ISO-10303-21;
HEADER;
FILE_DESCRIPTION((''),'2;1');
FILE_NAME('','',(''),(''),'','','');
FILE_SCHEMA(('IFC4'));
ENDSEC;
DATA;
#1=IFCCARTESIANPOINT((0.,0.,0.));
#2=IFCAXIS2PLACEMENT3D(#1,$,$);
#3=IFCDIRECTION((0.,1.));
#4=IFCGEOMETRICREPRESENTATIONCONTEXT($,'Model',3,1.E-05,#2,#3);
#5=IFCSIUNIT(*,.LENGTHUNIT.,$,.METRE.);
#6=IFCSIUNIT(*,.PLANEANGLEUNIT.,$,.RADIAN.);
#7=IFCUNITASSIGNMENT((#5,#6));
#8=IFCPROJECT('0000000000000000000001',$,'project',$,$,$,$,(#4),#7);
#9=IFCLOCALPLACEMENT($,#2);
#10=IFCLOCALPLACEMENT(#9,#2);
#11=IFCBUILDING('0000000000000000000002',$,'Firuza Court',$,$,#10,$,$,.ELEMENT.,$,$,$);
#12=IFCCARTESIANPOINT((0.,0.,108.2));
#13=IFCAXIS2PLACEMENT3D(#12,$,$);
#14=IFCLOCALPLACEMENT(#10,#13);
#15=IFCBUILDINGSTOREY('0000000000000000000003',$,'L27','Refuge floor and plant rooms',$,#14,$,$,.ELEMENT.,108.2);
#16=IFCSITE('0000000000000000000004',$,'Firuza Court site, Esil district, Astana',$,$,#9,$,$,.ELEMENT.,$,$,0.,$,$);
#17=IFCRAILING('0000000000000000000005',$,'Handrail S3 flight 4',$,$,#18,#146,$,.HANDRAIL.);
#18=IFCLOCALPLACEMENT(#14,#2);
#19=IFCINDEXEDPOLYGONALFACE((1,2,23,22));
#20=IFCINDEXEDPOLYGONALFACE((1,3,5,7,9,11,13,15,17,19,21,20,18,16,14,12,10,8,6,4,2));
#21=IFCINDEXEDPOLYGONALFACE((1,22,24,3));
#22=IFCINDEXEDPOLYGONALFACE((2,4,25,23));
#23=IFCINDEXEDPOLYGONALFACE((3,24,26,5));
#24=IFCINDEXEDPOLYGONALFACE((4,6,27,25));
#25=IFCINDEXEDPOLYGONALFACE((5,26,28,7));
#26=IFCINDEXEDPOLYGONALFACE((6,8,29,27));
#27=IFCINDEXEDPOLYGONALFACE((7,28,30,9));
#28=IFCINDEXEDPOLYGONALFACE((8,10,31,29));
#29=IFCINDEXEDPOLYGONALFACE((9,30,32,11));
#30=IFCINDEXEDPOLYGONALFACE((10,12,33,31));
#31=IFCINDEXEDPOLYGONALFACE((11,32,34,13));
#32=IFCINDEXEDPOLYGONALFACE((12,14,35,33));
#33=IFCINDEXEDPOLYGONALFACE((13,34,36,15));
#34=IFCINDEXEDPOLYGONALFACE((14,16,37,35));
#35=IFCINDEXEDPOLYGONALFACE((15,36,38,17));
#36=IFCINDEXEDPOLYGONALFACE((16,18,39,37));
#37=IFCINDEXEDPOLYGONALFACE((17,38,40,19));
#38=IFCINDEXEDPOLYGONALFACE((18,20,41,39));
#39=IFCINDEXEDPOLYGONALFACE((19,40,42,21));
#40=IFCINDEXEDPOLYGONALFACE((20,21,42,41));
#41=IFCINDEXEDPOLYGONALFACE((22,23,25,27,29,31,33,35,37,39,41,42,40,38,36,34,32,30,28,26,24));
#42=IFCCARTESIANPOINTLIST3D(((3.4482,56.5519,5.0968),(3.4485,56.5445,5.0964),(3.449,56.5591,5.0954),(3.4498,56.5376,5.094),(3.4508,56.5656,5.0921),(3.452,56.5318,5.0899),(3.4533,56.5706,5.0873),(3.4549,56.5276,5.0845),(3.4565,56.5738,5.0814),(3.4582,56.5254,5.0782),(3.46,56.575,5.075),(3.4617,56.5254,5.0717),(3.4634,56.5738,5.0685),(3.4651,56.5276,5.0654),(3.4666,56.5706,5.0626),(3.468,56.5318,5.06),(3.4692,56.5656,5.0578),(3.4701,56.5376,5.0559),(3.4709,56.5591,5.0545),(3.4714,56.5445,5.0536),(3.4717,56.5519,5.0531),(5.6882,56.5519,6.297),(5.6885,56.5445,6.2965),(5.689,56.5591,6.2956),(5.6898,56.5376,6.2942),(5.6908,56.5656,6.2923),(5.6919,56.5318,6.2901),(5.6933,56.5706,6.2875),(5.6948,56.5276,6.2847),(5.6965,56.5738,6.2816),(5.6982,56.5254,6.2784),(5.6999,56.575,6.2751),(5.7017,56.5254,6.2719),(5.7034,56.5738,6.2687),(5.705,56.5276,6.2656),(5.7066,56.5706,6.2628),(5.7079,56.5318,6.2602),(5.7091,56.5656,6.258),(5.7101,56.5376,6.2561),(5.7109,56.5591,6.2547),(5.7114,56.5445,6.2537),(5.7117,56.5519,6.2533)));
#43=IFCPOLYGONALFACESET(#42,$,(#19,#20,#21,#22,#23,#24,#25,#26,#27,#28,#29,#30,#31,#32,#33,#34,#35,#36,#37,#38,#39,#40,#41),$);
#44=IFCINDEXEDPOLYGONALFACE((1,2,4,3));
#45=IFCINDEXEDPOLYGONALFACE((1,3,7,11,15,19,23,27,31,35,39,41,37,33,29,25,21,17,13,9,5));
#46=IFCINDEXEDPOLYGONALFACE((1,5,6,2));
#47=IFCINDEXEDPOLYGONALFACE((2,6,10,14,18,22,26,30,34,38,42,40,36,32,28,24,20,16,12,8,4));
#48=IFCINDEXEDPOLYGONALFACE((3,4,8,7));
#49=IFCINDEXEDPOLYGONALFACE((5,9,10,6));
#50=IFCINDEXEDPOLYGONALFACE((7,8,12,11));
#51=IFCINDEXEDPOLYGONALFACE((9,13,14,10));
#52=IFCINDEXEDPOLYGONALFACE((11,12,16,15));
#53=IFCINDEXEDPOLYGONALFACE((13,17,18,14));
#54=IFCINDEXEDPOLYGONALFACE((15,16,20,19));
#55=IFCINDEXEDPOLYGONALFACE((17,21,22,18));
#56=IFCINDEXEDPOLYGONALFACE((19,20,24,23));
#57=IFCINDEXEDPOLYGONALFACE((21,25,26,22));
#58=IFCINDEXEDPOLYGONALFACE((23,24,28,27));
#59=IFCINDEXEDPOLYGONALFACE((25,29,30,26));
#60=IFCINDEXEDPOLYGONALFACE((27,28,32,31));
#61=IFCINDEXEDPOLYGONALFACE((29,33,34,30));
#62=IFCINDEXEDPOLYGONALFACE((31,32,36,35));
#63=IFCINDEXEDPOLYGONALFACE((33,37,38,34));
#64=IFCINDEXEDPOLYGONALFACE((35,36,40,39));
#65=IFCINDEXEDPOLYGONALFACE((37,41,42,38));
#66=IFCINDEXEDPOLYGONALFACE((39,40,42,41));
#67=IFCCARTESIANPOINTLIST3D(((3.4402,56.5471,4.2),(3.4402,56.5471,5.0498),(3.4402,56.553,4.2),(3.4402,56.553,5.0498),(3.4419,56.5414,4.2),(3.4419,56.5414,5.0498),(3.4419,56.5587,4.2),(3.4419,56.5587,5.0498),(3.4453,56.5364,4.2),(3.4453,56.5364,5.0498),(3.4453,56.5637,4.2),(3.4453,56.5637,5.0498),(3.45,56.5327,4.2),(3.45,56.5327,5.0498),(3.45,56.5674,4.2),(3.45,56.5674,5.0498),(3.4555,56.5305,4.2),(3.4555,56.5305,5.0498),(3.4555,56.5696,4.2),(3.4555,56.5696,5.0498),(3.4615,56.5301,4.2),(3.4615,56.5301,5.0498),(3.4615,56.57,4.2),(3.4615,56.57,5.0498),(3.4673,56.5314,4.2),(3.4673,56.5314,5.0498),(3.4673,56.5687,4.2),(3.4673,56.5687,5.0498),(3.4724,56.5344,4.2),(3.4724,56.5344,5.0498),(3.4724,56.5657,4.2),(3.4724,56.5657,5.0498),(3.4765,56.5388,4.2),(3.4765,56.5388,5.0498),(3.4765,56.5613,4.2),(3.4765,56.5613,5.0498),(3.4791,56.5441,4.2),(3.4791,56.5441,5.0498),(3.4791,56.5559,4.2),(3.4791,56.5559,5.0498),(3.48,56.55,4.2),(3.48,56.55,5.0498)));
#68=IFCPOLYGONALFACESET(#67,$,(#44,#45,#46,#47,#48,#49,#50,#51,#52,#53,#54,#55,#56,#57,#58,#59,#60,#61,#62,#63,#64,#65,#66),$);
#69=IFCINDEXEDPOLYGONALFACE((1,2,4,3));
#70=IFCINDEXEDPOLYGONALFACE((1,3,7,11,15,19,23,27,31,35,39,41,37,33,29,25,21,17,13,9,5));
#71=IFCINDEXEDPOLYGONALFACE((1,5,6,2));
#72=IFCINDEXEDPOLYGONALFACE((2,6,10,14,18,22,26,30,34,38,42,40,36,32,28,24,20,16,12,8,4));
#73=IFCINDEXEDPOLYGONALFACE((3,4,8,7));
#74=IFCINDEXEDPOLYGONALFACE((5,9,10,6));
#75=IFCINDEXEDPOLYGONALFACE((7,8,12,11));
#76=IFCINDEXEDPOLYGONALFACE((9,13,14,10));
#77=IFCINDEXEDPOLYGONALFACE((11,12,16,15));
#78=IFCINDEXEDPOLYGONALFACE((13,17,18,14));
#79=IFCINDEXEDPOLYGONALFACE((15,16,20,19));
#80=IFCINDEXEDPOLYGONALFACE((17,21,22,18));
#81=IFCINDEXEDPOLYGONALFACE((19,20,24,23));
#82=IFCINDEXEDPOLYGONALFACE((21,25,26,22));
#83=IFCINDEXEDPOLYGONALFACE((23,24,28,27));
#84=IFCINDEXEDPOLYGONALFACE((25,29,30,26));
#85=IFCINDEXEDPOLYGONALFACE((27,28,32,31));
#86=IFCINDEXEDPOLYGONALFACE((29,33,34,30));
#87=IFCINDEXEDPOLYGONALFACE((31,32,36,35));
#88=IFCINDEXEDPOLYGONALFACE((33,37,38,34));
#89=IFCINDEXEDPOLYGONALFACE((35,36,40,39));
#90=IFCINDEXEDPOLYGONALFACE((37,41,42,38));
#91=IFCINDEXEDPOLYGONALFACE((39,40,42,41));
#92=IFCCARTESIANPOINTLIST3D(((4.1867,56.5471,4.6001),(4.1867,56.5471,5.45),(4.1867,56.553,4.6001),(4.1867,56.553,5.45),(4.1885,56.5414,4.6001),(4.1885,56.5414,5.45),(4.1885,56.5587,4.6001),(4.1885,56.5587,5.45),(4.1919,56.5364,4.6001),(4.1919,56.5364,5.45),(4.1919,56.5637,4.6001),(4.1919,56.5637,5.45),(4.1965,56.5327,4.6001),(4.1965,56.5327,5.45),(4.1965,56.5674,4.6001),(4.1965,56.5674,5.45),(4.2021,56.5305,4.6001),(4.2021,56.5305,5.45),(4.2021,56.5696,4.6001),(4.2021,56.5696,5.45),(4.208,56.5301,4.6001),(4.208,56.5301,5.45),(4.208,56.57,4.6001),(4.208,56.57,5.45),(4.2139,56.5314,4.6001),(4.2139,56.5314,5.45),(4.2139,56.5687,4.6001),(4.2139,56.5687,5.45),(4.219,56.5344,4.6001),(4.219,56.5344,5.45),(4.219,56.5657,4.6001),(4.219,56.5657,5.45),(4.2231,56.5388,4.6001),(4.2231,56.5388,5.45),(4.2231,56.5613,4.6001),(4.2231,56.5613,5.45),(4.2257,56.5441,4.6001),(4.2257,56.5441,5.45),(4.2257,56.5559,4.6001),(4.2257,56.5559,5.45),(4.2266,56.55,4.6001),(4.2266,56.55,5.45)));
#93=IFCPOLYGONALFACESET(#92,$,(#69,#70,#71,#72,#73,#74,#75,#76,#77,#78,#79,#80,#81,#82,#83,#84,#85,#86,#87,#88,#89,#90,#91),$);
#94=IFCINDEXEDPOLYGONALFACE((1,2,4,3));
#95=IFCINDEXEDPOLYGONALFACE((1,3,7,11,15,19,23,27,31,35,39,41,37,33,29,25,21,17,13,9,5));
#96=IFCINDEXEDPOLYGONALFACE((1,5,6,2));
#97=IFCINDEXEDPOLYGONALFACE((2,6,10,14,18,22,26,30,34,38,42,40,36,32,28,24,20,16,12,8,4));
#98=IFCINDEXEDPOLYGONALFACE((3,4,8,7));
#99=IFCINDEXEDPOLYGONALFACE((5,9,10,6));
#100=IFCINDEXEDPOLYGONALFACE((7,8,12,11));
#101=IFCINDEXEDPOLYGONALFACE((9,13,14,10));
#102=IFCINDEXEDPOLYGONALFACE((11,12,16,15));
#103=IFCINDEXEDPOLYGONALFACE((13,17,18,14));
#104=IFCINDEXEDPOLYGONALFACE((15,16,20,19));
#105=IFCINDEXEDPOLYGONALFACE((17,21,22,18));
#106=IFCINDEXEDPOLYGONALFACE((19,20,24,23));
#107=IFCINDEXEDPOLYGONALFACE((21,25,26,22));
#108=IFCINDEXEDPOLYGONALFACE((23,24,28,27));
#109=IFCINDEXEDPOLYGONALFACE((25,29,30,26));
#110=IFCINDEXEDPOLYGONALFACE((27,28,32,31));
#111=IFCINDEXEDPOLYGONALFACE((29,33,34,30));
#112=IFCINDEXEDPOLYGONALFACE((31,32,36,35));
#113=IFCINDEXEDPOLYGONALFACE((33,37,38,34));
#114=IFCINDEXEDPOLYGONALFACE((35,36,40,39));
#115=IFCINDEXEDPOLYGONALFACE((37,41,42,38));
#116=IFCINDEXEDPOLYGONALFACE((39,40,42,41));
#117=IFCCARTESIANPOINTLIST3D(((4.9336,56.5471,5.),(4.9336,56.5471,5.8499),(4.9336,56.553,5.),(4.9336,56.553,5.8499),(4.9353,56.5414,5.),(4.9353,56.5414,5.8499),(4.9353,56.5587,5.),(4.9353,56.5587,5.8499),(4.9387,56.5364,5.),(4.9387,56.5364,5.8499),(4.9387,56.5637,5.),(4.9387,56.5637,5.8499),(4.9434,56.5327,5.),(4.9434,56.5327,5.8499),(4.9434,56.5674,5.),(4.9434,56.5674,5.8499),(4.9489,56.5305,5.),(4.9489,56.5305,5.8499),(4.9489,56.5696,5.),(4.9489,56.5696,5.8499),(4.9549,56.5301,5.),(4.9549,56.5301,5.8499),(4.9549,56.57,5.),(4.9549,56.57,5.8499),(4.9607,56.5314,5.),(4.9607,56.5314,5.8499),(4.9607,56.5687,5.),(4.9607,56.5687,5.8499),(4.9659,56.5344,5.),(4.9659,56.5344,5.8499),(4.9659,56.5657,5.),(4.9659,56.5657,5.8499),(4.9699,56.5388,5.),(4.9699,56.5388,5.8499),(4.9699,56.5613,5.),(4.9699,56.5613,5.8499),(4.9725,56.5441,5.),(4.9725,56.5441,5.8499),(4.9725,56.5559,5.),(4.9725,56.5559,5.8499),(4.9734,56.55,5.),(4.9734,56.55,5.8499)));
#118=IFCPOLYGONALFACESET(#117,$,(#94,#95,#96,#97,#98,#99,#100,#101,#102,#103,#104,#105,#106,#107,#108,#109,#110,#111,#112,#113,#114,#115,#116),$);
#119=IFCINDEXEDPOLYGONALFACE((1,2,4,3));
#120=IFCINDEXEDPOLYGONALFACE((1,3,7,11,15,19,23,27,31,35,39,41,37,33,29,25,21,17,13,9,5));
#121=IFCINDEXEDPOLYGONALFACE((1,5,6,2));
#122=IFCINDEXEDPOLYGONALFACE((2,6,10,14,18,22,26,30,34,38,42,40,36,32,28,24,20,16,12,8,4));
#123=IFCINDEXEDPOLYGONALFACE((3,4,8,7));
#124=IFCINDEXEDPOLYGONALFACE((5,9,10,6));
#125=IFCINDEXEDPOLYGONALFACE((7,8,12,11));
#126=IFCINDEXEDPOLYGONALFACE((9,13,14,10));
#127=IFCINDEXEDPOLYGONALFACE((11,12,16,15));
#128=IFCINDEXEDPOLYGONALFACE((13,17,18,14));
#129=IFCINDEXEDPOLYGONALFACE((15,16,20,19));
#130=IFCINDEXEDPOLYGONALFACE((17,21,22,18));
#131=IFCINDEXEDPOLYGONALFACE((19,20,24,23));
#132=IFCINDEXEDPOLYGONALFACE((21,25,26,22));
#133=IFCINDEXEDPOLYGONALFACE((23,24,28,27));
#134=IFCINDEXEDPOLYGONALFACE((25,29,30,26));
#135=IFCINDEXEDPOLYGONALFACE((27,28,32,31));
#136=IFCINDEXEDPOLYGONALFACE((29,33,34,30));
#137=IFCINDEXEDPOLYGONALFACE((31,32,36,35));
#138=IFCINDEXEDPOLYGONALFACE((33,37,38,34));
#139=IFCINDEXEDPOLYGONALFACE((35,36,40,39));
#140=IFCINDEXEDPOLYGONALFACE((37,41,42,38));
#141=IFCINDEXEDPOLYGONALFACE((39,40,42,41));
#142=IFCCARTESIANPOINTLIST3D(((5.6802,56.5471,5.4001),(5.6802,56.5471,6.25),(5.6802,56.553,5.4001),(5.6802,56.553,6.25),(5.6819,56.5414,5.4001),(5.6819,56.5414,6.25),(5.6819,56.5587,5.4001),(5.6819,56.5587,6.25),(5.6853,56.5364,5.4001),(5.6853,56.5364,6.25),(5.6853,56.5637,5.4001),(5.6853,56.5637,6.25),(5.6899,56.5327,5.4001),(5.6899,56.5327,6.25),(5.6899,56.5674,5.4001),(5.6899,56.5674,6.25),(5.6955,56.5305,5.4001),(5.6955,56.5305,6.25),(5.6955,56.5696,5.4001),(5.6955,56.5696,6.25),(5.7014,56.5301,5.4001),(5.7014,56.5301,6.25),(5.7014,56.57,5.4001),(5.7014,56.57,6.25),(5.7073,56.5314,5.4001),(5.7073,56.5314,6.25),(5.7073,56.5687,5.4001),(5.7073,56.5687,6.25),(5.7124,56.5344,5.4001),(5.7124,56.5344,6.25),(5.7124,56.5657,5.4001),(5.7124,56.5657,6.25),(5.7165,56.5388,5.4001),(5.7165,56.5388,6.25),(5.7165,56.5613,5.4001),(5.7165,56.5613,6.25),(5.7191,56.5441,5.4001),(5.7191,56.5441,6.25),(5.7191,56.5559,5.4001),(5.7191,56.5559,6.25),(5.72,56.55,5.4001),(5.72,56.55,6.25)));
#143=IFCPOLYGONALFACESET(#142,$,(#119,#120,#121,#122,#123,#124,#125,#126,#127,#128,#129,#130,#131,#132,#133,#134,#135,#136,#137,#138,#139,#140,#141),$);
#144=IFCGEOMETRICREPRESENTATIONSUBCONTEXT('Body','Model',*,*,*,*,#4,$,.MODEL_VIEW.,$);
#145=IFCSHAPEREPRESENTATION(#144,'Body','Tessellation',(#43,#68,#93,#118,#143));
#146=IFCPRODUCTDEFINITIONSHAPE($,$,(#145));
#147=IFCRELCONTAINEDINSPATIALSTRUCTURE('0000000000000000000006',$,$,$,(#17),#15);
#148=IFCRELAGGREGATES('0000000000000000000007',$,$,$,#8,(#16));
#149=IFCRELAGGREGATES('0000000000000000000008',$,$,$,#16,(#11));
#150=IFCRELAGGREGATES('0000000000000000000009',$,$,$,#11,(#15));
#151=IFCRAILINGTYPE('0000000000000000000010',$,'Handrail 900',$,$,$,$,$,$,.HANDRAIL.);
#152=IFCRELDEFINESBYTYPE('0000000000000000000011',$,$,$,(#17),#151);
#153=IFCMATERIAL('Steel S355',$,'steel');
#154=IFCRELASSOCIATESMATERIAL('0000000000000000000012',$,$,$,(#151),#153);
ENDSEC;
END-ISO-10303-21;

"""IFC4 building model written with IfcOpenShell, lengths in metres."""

from ifc_helpers import new_model, si_unit, direction, frame, origin, origin_2d, place, context, subcontext, project, spatial, circle, extrude, material, type_object, element, save


model = new_model("IFC4")

# Units and contexts
model_context = context("Model", 3, precision=1e-05, world=origin(), true_north=direction((0.0, 1.0)))
body_context = subcontext(model_context, "Body", "Model", "MODEL_VIEW")
ifc_project = project(units=[si_unit("LENGTHUNIT", "METRE"), si_unit("PLANEANGLEUNIT", "RADIAN")], contexts=[model_context])

# Site, building, storey
site_placement = place(None, origin())
site = spatial("IfcSite", under=ifc_project, at=site_placement, Name="Firuza Court site, Esil district, Astana", CompositionType="ELEMENT", RefElevation=0.0)
building_placement = place(site_placement, origin())
building = spatial("IfcBuilding", under=site, at=building_placement, Name="Firuza Court", CompositionType="ELEMENT")
storey_placement = place(building_placement, frame((0.0, 0.0, 108.2)))
storey = spatial("IfcBuildingStorey", under=building, at=storey_placement, Name="L27", Description="Refuge floor and plant rooms", CompositionType="ELEMENT", Elevation=108.2)

# Railing
ifc_material_1 = material(Name="Steel S355", Category="steel")
railing_type = type_object("IfcRailingType", Name="Handrail 900", PredefinedType="HANDRAIL", material=ifc_material_1)
railing_1_placement = place(storey_placement, frame((3.46, 56.55, 4.2)))
element("IfcRailing", 1, at=railing_1_placement, inside=storey, type_object=railing_type, Name="Handrail S3 flight 4", PredefinedType="HANDRAIL", context=body_context, shape_type="SweptSolid", body=[
    extrude(circle(Radius=0.0249, at=origin_2d()), frame((0.0, 0.0, 0.875), z_axis=(0.881447, 0.0, 0.472283), x_axis=(0.0, 1.0, 0.0)), (0.0, 0.0, 1.0), 2.5413),
    extrude(circle(Radius=0.02, at=origin_2d()), origin(), (0.0, 0.0, 1.0), 0.8499),
    extrude(circle(Radius=0.02, at=origin_2d()), frame((0.7466, 0.0, 0.4001)), (0.0, 0.0, 1.0), 0.8499),
    extrude(circle(Radius=0.02, at=origin_2d()), frame((1.4934, 0.0, 0.8)), (0.0, 0.0, 1.0), 0.8499),
    extrude(circle(Radius=0.02, at=origin_2d()), frame((2.24, 0.0, 1.2002)), (0.0, 0.0, 1.0), 0.8499),
])

save(model, "model.ifc")
